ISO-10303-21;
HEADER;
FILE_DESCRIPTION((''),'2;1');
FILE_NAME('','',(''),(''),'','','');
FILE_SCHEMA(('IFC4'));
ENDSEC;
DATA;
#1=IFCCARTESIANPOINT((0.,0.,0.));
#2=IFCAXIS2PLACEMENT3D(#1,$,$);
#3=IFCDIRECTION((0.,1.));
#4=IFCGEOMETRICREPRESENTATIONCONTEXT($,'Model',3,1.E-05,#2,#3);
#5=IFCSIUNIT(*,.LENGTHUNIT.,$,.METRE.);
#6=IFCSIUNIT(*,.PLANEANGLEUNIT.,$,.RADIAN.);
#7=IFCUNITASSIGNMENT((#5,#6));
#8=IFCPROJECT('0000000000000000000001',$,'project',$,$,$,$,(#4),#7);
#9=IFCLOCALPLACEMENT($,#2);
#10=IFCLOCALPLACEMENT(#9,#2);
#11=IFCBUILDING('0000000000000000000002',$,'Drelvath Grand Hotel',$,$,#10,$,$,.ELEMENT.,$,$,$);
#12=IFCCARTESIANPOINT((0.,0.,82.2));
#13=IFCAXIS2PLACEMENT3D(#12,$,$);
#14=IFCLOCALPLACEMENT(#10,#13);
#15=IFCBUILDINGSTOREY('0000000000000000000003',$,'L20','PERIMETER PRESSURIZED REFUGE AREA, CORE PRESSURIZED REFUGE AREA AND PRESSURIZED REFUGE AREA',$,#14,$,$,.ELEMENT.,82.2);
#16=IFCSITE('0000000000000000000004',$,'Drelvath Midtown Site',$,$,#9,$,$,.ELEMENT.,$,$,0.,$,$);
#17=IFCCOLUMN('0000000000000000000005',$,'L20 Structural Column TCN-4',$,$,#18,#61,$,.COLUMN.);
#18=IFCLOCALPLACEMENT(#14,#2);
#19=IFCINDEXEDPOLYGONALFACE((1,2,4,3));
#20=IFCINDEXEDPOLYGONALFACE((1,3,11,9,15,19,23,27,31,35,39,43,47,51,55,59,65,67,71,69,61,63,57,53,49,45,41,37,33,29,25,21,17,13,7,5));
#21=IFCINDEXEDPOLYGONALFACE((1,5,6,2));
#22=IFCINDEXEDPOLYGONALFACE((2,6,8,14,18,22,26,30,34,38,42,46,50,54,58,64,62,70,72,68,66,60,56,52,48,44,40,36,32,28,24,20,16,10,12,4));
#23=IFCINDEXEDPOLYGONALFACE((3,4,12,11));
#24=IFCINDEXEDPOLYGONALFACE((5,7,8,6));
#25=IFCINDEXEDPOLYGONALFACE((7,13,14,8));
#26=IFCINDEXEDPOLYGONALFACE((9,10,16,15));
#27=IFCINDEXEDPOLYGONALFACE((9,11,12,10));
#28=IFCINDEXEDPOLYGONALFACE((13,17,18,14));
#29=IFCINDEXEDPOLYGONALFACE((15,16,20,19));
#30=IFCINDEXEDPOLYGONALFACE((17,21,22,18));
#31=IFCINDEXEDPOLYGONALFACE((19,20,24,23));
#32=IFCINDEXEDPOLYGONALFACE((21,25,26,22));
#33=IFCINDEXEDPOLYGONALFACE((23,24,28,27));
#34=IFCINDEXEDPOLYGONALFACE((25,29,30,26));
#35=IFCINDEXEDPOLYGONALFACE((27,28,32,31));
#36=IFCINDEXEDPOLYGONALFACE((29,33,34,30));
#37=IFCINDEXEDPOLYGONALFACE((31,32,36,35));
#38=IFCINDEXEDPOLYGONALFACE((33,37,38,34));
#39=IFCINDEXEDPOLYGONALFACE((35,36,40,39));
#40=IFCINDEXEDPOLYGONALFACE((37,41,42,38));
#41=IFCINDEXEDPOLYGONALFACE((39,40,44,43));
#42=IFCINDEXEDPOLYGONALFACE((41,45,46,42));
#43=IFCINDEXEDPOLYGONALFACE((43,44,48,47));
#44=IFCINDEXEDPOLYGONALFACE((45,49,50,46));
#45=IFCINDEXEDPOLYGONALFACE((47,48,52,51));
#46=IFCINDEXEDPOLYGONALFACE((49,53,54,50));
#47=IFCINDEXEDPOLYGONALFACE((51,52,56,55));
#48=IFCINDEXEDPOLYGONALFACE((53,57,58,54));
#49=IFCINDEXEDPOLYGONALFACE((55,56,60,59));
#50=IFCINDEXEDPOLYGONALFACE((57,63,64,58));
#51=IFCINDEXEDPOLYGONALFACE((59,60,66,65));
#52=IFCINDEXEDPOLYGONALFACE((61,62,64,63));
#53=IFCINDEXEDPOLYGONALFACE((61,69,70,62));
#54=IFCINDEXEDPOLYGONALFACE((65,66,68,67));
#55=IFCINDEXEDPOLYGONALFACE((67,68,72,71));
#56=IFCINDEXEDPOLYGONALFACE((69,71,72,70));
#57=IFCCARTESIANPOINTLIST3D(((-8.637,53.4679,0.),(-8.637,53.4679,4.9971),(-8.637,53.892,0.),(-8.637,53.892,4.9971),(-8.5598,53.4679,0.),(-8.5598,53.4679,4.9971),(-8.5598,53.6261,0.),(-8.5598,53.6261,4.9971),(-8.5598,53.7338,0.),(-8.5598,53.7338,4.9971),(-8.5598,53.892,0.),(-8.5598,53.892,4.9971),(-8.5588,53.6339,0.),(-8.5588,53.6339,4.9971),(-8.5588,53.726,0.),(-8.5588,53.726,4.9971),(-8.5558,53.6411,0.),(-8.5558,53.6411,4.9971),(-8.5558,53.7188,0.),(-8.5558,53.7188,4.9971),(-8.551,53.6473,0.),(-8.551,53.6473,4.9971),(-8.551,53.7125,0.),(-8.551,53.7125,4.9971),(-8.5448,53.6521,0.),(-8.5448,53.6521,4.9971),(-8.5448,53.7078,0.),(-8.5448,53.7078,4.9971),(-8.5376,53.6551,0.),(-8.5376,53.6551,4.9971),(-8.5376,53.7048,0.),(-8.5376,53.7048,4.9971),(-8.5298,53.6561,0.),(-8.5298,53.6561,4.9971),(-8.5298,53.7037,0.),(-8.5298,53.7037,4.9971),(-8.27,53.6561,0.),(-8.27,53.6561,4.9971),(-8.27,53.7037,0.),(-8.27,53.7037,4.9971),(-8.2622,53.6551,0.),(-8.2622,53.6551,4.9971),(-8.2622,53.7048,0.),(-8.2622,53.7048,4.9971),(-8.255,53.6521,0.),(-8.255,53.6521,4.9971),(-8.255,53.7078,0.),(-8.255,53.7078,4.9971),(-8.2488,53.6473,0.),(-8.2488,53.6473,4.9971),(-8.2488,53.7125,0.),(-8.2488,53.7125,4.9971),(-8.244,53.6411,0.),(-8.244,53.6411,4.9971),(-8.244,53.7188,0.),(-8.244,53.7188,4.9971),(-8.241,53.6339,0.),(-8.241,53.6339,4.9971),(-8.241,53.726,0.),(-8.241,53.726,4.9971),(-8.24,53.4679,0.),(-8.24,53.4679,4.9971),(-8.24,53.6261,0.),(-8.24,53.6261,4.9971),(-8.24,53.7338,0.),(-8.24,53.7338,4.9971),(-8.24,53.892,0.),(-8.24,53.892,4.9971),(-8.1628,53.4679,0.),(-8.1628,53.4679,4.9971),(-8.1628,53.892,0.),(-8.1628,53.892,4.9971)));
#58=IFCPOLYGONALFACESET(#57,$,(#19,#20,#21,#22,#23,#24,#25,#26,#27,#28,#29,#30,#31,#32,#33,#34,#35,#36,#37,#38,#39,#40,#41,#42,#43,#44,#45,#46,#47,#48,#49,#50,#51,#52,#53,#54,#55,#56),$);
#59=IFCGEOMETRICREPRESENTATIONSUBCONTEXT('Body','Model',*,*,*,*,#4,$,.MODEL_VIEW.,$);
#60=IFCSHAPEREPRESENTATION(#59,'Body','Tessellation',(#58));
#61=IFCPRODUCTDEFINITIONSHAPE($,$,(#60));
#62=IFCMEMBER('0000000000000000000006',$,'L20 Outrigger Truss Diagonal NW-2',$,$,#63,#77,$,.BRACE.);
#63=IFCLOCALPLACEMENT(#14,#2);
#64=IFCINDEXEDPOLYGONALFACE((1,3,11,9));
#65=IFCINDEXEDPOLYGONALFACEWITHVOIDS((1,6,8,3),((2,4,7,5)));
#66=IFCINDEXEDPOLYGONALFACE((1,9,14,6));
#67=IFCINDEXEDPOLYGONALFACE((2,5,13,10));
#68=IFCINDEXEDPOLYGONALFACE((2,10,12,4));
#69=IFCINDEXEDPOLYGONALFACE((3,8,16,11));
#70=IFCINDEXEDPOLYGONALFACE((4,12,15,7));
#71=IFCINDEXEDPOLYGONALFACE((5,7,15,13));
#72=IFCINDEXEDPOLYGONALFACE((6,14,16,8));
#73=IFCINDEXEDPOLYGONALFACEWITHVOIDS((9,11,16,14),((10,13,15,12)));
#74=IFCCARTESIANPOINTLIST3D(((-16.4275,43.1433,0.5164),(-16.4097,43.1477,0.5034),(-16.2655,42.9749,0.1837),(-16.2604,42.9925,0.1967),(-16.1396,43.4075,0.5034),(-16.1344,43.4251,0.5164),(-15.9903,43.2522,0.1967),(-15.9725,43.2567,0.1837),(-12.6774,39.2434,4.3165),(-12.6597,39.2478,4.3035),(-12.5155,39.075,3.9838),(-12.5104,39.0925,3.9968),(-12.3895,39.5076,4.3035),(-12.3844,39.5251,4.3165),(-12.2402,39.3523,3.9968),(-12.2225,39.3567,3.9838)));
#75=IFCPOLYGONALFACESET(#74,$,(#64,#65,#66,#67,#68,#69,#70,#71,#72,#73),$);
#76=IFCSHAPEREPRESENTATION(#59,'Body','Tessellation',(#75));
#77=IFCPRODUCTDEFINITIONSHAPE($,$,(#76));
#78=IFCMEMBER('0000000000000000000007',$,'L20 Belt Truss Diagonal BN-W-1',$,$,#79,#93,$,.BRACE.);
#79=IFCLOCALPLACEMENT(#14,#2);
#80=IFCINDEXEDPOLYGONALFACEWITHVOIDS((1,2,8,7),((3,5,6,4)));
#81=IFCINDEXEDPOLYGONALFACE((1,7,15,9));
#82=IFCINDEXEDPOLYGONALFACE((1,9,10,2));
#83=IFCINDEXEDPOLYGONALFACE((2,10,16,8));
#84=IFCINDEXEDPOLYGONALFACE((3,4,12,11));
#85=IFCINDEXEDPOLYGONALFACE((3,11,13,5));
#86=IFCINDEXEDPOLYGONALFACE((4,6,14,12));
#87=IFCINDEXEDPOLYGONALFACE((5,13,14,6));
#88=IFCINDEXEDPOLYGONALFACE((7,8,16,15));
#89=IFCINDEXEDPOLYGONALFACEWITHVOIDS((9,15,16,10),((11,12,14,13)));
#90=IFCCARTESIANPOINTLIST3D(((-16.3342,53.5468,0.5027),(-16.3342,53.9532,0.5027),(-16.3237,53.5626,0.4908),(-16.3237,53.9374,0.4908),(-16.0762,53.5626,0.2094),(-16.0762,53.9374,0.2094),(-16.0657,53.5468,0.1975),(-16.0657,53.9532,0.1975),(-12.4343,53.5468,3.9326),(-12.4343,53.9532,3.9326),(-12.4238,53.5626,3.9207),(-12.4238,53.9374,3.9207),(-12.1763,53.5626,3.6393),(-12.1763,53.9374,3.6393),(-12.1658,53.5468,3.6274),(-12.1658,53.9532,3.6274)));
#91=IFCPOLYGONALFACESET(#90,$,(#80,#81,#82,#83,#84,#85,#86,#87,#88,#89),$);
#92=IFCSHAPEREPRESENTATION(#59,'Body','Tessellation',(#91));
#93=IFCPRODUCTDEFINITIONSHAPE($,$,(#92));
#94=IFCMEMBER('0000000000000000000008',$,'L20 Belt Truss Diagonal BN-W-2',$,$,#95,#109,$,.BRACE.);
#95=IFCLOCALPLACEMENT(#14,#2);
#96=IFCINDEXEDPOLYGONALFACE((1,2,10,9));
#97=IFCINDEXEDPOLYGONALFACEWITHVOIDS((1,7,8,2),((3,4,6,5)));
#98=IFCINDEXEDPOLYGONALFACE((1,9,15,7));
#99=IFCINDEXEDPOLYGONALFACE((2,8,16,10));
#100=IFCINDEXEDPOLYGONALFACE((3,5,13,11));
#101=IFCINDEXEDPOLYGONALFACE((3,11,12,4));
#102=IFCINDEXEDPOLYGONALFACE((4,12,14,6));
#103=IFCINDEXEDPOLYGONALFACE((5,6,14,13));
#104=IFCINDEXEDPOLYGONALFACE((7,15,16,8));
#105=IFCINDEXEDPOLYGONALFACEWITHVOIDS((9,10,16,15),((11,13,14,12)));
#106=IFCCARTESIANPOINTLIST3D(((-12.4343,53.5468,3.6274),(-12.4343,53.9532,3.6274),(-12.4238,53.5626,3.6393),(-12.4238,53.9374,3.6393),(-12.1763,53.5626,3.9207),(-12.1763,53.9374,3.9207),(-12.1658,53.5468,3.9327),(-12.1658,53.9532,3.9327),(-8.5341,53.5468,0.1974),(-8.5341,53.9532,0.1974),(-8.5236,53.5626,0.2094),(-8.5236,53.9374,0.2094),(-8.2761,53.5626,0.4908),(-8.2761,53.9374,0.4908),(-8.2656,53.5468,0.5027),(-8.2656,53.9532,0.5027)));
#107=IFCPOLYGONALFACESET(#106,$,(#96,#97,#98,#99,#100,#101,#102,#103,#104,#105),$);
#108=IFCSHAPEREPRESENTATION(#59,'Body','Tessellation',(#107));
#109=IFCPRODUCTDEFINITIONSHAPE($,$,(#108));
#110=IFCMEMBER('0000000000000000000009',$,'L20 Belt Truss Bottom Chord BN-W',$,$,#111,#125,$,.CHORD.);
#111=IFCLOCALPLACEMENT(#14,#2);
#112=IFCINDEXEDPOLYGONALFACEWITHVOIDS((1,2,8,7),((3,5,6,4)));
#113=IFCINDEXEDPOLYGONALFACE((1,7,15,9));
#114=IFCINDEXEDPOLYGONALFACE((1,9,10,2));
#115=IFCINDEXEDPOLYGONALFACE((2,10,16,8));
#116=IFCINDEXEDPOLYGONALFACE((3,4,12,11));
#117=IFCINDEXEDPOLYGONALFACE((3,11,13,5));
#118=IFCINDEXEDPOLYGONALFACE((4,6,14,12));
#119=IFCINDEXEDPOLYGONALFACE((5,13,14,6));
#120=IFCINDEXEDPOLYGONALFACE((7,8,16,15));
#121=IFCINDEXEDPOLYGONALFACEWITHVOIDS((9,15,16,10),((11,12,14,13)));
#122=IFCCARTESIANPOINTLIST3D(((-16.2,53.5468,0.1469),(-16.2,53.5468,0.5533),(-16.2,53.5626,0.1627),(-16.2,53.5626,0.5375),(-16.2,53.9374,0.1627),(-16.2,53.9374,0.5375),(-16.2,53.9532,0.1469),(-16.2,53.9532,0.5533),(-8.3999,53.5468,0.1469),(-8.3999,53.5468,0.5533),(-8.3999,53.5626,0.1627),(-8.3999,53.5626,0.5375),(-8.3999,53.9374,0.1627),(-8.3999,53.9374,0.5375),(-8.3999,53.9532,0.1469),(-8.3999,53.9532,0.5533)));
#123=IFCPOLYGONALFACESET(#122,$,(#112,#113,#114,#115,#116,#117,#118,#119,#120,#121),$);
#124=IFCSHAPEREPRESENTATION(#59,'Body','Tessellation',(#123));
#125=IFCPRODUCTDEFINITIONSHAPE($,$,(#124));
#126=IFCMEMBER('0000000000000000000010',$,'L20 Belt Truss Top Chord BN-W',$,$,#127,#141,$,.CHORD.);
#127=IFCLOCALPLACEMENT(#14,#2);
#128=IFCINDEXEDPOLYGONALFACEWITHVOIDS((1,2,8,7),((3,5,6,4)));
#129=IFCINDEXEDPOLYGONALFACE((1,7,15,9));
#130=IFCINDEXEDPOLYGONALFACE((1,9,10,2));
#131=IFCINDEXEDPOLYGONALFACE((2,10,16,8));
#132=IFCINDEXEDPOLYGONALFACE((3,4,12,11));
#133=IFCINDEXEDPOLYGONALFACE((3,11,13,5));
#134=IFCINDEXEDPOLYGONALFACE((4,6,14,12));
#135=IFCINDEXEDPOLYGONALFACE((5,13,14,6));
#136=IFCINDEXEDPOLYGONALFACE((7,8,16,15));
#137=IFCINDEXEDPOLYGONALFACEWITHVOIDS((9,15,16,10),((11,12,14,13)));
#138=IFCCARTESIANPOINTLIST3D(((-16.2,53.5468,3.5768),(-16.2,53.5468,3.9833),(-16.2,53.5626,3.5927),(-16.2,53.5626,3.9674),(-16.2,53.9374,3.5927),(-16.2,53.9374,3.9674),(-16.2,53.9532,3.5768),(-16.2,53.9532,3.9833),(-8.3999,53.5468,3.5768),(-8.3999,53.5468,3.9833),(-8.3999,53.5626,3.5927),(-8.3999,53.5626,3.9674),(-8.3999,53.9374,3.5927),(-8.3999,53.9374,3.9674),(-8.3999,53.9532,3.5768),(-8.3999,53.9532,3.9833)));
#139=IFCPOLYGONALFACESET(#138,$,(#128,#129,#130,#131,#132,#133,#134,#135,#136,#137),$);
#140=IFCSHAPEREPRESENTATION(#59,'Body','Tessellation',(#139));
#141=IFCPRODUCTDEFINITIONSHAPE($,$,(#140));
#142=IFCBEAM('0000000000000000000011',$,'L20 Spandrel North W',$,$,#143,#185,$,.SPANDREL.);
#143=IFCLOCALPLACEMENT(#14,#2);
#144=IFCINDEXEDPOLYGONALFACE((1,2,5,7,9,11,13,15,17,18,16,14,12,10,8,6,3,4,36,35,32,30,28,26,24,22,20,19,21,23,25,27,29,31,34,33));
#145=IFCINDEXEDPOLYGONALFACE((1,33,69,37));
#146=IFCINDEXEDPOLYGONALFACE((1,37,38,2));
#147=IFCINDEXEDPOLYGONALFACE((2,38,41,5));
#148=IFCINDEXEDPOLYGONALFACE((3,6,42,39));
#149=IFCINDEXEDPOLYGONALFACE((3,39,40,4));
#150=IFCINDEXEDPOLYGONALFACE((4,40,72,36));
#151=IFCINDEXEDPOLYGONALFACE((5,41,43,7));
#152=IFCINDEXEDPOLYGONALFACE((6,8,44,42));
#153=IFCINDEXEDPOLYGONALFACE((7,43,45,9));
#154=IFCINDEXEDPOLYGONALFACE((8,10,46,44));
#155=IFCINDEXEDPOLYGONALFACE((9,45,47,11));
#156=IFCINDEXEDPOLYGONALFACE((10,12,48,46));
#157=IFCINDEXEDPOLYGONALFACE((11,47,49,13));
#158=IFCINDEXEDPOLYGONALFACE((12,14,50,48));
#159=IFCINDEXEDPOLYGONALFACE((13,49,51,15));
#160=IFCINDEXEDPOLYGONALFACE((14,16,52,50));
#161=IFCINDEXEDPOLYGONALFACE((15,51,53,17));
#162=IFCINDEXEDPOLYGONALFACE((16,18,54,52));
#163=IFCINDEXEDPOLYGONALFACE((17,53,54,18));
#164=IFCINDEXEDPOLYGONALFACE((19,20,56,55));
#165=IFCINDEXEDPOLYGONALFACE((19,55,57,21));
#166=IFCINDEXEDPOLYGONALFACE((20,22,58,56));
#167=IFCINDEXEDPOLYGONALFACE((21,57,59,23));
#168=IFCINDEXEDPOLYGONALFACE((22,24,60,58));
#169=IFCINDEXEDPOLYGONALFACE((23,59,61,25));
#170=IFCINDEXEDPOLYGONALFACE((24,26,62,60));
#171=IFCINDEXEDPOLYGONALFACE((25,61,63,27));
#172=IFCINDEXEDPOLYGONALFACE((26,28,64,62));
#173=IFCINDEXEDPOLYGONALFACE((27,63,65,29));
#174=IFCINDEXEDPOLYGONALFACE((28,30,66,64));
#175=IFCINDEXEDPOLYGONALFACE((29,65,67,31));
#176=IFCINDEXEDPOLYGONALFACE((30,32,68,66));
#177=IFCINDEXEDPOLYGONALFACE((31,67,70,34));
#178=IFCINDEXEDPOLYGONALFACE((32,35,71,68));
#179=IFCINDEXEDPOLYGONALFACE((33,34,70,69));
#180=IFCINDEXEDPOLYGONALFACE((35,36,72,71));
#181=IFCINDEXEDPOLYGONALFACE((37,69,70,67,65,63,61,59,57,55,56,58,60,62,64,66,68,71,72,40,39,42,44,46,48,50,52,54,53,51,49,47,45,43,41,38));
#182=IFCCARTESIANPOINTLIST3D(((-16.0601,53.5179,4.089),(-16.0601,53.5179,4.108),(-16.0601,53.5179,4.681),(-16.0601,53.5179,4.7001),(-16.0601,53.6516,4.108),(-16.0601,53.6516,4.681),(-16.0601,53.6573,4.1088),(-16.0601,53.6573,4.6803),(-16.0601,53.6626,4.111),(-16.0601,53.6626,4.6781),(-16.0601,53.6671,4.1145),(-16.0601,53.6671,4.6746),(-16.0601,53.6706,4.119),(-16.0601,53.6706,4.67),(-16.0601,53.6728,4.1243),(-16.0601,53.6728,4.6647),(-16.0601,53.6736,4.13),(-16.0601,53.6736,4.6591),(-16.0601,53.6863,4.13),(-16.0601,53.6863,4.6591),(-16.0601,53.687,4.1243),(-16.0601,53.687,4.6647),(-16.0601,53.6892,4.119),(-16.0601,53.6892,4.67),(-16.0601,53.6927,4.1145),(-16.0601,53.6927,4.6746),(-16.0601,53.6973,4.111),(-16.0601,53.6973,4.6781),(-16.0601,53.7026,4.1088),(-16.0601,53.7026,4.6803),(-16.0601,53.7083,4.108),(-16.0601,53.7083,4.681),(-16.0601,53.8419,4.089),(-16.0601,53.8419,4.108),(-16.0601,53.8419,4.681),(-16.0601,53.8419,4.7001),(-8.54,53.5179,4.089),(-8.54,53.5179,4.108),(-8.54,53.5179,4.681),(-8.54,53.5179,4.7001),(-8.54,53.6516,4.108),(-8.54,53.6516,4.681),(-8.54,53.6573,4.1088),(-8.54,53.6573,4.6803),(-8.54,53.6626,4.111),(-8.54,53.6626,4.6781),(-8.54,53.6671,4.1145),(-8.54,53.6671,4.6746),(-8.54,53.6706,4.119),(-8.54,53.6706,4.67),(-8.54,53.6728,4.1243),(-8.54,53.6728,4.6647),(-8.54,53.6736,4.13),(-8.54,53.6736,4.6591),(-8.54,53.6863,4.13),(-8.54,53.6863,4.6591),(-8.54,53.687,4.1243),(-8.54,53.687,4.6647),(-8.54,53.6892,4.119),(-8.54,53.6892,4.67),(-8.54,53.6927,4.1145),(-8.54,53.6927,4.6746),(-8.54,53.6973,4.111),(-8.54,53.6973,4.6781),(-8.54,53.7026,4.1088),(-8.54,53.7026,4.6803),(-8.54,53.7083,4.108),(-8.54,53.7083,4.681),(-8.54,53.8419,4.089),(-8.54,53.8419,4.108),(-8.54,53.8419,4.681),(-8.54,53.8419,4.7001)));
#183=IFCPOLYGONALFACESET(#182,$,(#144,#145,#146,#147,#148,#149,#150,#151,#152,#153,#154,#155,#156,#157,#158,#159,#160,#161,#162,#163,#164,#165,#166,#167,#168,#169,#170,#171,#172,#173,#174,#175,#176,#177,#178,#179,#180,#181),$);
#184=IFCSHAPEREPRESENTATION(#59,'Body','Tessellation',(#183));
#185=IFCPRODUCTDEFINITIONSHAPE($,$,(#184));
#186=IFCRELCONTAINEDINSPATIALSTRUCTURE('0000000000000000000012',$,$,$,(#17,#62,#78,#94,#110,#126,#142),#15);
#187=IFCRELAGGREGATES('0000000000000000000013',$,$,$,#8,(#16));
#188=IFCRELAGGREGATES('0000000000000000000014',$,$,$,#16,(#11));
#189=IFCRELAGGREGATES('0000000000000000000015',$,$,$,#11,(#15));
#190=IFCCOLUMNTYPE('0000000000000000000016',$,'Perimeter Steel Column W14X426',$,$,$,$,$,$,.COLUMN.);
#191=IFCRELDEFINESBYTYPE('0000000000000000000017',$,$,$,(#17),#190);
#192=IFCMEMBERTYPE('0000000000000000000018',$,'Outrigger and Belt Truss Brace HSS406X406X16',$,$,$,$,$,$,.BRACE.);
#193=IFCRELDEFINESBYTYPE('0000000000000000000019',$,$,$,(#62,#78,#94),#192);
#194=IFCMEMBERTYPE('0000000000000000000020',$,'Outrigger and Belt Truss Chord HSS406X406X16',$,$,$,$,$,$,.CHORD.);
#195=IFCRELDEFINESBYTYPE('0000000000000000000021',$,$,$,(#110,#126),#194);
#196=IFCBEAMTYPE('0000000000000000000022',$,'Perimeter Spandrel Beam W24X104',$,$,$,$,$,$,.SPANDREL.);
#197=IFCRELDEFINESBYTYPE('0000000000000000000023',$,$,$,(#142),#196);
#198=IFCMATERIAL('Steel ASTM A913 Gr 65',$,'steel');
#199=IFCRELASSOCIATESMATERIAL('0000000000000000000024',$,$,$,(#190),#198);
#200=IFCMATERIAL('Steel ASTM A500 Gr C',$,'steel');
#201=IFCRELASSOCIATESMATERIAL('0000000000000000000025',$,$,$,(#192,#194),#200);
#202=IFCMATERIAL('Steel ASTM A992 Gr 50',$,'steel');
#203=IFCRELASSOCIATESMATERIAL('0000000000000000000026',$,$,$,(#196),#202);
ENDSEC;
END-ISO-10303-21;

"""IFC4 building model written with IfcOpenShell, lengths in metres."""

from ifc_helpers import new_model, si_unit, direction, frame, origin, origin_2d, place, context, subcontext, project, spatial, hollow_rectangle, i_section, extrude, material, material_profile, profile_set, type_object, element, save


model = new_model("IFC4")

# Units and contexts
model_context = context("Model", 3, precision=1e-05, world=origin(), true_north=direction((0.0, 1.0)))
body_context = subcontext(model_context, "Body", "Model", "MODEL_VIEW")
ifc_project = project(units=[si_unit("LENGTHUNIT", "METRE"), si_unit("PLANEANGLEUNIT", "RADIAN")], contexts=[model_context])

# Site, building, storey
site_placement = place(None, origin())
site = spatial("IfcSite", under=ifc_project, at=site_placement, Name="Drelvath Midtown Site", CompositionType="ELEMENT", RefElevation=0.0)
building_placement = place(site_placement, origin())
building = spatial("IfcBuilding", under=site, at=building_placement, Name="Drelvath Grand Hotel", CompositionType="ELEMENT")
storey_placement = place(building_placement, frame((0.0, 0.0, 82.2)))
storey = spatial("IfcBuildingStorey", under=building, at=storey_placement, Name="L20", Description="PERIMETER PRESSURIZED REFUGE AREA, CORE PRESSURIZED REFUGE AREA AND PRESSURIZED REFUGE AREA", CompositionType="ELEMENT", Elevation=82.2)

# Column
ifc_material_1 = material(Name="Steel ASTM A913 Gr 65", Category="steel")
ifc_material_profile_1 = material_profile(ifc_material_1, i_section(OverallWidth=0.4241, OverallDepth=0.4741, WebThickness=0.0476, FlangeThickness=0.0771, FilletRadius=0.03, at=origin_2d()), Name="W14X426")
ifc_profile_set_1 = profile_set([ifc_material_profile_1], Name="Steel ASTM A913 Gr 65")
column_type = type_object("IfcColumnType", Name="Perimeter Steel Column W14X426", PredefinedType="COLUMN", material=ifc_profile_set_1)
column_placement = place(storey_placement, frame((-8.3999, 53.6799, 0.0), z_axis=(0.0, 0.0, 1.0), x_axis=(0.0, 1.0, 0.0)))
element("IfcColumn", 1, at=column_placement, inside=storey, type_object=column_type, Name="L20 Structural Column TCN-4", PredefinedType="COLUMN", context=body_context, shape_type="SweptSolid", body=[
    extrude(i_section(OverallWidth=0.4241, OverallDepth=0.4741, WebThickness=0.0476, FlangeThickness=0.0771, FilletRadius=0.03, at=origin_2d()), origin(), (0.0, 0.0, 1.0), 4.9971),
])

# Members
ifc_material_2 = material(Name="Steel ASTM A500 Gr C", Category="steel")
ifc_material_profile_2 = material_profile(ifc_material_2, hollow_rectangle(XDim=0.4065, YDim=0.4065, WallThickness=0.0159, at=origin_2d()), Name="HSS406X406X16")
ifc_profile_set_2 = profile_set([ifc_material_profile_2], Name="Steel ASTM A500 Gr C")
member_type_1 = type_object("IfcMemberType", Name="Outrigger and Belt Truss Brace HSS406X406X16", PredefinedType="BRACE", material=ifc_profile_set_2)
member_1_placement = place(storey_placement, frame((-12.45, 39.3, 4.1501), z_axis=(-0.567192, 0.589865, -0.574762), x_axis=(-0.720824, -0.693118, 0.0)))
element("IfcMember", 2, at=member_1_placement, inside=storey, type_object=member_type_1, Name="L20 Outrigger Truss Diagonal NW-2", PredefinedType="BRACE", context=body_context, shape_type="SweptSolid", body=[
    extrude(hollow_rectangle(XDim=0.4065, YDim=0.4065, WallThickness=0.0159, at=origin_2d()), origin(), (0.0, 0.0, 1.0), 6.6116),
])
member_2_placement = place(storey_placement, frame((-16.2, 53.75, 0.3501), z_axis=(0.750903, 0.0, 0.660413), x_axis=(0.0, 1.0, 0.0)))
element("IfcMember", 3, at=member_2_placement, inside=storey, type_object=member_type_1, Name="L20 Belt Truss Diagonal BN-W-1", PredefinedType="BRACE", context=body_context, shape_type="SweptSolid", body=[
    extrude(hollow_rectangle(XDim=0.4065, YDim=0.4065, WallThickness=0.0159, at=origin_2d()), origin(), (0.0, 0.0, 1.0), 5.1936),
])
member_3_placement = place(storey_placement, frame((-12.3, 53.75, 3.78), z_axis=(0.750923, 0.0, -0.660389), x_axis=(0.0, 1.0, 0.0)))
element("IfcMember", 4, at=member_3_placement, inside=storey, type_object=member_type_1, Name="L20 Belt Truss Diagonal BN-W-2", PredefinedType="BRACE", context=body_context, shape_type="SweptSolid", body=[
    extrude(hollow_rectangle(XDim=0.4065, YDim=0.4065, WallThickness=0.0159, at=origin_2d()), origin(), (0.0, 0.0, 1.0), 5.1938),
])
ifc_material_profile_3 = material_profile(ifc_material_2, hollow_rectangle(XDim=0.4065, YDim=0.4065, WallThickness=0.0159, at=origin_2d()), Name="HSS406X406X16")
ifc_profile_set_3 = profile_set([ifc_material_profile_3], Name="Steel ASTM A500 Gr C")
member_type_2 = type_object("IfcMemberType", Name="Outrigger and Belt Truss Chord HSS406X406X16", PredefinedType="CHORD", material=ifc_profile_set_3)
for number, where, z_axis, x_axis, name in (
    (5, (-16.2, 53.75, 0.3501), (1.0, 0.0, 0.0), (0.0, 1.0, 0.0), "L20 Belt Truss Bottom Chord BN-W"),
    (6, (-16.2, 53.75, 3.78), (1.0, 0.0, 0.0), (0.0, 1.0, 0.0), "L20 Belt Truss Top Chord BN-W"),
):
    element("IfcMember", number, at=place(storey_placement, frame(where, z_axis=z_axis, x_axis=x_axis)), inside=storey, type_object=member_type_2, Name=name, PredefinedType="CHORD", context=body_context, shape_type="SweptSolid", body=[
        extrude(hollow_rectangle(XDim=0.4065, YDim=0.4065, WallThickness=0.0159, at=origin_2d()), origin(), (0.0, 0.0, 1.0), 7.8),
    ])

# Beam
ifc_material_3 = material(Name="Steel ASTM A992 Gr 50", Category="steel")
ifc_material_profile_4 = material_profile(ifc_material_3, i_section(OverallWidth=0.324, OverallDepth=0.6111, WebThickness=0.0127, FlangeThickness=0.019, FilletRadius=0.022, at=origin_2d()), Name="W24X104")
ifc_profile_set_4 = profile_set([ifc_material_profile_4], Name="Steel ASTM A992 Gr 50")
beam_type_1 = type_object("IfcBeamType", Name="Perimeter Spandrel Beam W24X104", PredefinedType="SPANDREL", material=ifc_profile_set_4)
beam_1_placement = place(storey_placement, frame((-16.0601, 53.6799, 4.3945), z_axis=(1.0, 0.0, 0.0), x_axis=(0.0, 1.0, 0.0)))
element("IfcBeam", 7, at=beam_1_placement, inside=storey, type_object=beam_type_1, Name="L20 Spandrel North W", PredefinedType="SPANDREL", context=body_context, shape_type="SweptSolid", body=[
    extrude(i_section(OverallWidth=0.324, OverallDepth=0.6111, WebThickness=0.0127, FlangeThickness=0.019, FilletRadius=0.022, at=origin_2d()), origin(), (0.0, 0.0, 1.0), 7.52),
])

save(model, "model.ifc")
